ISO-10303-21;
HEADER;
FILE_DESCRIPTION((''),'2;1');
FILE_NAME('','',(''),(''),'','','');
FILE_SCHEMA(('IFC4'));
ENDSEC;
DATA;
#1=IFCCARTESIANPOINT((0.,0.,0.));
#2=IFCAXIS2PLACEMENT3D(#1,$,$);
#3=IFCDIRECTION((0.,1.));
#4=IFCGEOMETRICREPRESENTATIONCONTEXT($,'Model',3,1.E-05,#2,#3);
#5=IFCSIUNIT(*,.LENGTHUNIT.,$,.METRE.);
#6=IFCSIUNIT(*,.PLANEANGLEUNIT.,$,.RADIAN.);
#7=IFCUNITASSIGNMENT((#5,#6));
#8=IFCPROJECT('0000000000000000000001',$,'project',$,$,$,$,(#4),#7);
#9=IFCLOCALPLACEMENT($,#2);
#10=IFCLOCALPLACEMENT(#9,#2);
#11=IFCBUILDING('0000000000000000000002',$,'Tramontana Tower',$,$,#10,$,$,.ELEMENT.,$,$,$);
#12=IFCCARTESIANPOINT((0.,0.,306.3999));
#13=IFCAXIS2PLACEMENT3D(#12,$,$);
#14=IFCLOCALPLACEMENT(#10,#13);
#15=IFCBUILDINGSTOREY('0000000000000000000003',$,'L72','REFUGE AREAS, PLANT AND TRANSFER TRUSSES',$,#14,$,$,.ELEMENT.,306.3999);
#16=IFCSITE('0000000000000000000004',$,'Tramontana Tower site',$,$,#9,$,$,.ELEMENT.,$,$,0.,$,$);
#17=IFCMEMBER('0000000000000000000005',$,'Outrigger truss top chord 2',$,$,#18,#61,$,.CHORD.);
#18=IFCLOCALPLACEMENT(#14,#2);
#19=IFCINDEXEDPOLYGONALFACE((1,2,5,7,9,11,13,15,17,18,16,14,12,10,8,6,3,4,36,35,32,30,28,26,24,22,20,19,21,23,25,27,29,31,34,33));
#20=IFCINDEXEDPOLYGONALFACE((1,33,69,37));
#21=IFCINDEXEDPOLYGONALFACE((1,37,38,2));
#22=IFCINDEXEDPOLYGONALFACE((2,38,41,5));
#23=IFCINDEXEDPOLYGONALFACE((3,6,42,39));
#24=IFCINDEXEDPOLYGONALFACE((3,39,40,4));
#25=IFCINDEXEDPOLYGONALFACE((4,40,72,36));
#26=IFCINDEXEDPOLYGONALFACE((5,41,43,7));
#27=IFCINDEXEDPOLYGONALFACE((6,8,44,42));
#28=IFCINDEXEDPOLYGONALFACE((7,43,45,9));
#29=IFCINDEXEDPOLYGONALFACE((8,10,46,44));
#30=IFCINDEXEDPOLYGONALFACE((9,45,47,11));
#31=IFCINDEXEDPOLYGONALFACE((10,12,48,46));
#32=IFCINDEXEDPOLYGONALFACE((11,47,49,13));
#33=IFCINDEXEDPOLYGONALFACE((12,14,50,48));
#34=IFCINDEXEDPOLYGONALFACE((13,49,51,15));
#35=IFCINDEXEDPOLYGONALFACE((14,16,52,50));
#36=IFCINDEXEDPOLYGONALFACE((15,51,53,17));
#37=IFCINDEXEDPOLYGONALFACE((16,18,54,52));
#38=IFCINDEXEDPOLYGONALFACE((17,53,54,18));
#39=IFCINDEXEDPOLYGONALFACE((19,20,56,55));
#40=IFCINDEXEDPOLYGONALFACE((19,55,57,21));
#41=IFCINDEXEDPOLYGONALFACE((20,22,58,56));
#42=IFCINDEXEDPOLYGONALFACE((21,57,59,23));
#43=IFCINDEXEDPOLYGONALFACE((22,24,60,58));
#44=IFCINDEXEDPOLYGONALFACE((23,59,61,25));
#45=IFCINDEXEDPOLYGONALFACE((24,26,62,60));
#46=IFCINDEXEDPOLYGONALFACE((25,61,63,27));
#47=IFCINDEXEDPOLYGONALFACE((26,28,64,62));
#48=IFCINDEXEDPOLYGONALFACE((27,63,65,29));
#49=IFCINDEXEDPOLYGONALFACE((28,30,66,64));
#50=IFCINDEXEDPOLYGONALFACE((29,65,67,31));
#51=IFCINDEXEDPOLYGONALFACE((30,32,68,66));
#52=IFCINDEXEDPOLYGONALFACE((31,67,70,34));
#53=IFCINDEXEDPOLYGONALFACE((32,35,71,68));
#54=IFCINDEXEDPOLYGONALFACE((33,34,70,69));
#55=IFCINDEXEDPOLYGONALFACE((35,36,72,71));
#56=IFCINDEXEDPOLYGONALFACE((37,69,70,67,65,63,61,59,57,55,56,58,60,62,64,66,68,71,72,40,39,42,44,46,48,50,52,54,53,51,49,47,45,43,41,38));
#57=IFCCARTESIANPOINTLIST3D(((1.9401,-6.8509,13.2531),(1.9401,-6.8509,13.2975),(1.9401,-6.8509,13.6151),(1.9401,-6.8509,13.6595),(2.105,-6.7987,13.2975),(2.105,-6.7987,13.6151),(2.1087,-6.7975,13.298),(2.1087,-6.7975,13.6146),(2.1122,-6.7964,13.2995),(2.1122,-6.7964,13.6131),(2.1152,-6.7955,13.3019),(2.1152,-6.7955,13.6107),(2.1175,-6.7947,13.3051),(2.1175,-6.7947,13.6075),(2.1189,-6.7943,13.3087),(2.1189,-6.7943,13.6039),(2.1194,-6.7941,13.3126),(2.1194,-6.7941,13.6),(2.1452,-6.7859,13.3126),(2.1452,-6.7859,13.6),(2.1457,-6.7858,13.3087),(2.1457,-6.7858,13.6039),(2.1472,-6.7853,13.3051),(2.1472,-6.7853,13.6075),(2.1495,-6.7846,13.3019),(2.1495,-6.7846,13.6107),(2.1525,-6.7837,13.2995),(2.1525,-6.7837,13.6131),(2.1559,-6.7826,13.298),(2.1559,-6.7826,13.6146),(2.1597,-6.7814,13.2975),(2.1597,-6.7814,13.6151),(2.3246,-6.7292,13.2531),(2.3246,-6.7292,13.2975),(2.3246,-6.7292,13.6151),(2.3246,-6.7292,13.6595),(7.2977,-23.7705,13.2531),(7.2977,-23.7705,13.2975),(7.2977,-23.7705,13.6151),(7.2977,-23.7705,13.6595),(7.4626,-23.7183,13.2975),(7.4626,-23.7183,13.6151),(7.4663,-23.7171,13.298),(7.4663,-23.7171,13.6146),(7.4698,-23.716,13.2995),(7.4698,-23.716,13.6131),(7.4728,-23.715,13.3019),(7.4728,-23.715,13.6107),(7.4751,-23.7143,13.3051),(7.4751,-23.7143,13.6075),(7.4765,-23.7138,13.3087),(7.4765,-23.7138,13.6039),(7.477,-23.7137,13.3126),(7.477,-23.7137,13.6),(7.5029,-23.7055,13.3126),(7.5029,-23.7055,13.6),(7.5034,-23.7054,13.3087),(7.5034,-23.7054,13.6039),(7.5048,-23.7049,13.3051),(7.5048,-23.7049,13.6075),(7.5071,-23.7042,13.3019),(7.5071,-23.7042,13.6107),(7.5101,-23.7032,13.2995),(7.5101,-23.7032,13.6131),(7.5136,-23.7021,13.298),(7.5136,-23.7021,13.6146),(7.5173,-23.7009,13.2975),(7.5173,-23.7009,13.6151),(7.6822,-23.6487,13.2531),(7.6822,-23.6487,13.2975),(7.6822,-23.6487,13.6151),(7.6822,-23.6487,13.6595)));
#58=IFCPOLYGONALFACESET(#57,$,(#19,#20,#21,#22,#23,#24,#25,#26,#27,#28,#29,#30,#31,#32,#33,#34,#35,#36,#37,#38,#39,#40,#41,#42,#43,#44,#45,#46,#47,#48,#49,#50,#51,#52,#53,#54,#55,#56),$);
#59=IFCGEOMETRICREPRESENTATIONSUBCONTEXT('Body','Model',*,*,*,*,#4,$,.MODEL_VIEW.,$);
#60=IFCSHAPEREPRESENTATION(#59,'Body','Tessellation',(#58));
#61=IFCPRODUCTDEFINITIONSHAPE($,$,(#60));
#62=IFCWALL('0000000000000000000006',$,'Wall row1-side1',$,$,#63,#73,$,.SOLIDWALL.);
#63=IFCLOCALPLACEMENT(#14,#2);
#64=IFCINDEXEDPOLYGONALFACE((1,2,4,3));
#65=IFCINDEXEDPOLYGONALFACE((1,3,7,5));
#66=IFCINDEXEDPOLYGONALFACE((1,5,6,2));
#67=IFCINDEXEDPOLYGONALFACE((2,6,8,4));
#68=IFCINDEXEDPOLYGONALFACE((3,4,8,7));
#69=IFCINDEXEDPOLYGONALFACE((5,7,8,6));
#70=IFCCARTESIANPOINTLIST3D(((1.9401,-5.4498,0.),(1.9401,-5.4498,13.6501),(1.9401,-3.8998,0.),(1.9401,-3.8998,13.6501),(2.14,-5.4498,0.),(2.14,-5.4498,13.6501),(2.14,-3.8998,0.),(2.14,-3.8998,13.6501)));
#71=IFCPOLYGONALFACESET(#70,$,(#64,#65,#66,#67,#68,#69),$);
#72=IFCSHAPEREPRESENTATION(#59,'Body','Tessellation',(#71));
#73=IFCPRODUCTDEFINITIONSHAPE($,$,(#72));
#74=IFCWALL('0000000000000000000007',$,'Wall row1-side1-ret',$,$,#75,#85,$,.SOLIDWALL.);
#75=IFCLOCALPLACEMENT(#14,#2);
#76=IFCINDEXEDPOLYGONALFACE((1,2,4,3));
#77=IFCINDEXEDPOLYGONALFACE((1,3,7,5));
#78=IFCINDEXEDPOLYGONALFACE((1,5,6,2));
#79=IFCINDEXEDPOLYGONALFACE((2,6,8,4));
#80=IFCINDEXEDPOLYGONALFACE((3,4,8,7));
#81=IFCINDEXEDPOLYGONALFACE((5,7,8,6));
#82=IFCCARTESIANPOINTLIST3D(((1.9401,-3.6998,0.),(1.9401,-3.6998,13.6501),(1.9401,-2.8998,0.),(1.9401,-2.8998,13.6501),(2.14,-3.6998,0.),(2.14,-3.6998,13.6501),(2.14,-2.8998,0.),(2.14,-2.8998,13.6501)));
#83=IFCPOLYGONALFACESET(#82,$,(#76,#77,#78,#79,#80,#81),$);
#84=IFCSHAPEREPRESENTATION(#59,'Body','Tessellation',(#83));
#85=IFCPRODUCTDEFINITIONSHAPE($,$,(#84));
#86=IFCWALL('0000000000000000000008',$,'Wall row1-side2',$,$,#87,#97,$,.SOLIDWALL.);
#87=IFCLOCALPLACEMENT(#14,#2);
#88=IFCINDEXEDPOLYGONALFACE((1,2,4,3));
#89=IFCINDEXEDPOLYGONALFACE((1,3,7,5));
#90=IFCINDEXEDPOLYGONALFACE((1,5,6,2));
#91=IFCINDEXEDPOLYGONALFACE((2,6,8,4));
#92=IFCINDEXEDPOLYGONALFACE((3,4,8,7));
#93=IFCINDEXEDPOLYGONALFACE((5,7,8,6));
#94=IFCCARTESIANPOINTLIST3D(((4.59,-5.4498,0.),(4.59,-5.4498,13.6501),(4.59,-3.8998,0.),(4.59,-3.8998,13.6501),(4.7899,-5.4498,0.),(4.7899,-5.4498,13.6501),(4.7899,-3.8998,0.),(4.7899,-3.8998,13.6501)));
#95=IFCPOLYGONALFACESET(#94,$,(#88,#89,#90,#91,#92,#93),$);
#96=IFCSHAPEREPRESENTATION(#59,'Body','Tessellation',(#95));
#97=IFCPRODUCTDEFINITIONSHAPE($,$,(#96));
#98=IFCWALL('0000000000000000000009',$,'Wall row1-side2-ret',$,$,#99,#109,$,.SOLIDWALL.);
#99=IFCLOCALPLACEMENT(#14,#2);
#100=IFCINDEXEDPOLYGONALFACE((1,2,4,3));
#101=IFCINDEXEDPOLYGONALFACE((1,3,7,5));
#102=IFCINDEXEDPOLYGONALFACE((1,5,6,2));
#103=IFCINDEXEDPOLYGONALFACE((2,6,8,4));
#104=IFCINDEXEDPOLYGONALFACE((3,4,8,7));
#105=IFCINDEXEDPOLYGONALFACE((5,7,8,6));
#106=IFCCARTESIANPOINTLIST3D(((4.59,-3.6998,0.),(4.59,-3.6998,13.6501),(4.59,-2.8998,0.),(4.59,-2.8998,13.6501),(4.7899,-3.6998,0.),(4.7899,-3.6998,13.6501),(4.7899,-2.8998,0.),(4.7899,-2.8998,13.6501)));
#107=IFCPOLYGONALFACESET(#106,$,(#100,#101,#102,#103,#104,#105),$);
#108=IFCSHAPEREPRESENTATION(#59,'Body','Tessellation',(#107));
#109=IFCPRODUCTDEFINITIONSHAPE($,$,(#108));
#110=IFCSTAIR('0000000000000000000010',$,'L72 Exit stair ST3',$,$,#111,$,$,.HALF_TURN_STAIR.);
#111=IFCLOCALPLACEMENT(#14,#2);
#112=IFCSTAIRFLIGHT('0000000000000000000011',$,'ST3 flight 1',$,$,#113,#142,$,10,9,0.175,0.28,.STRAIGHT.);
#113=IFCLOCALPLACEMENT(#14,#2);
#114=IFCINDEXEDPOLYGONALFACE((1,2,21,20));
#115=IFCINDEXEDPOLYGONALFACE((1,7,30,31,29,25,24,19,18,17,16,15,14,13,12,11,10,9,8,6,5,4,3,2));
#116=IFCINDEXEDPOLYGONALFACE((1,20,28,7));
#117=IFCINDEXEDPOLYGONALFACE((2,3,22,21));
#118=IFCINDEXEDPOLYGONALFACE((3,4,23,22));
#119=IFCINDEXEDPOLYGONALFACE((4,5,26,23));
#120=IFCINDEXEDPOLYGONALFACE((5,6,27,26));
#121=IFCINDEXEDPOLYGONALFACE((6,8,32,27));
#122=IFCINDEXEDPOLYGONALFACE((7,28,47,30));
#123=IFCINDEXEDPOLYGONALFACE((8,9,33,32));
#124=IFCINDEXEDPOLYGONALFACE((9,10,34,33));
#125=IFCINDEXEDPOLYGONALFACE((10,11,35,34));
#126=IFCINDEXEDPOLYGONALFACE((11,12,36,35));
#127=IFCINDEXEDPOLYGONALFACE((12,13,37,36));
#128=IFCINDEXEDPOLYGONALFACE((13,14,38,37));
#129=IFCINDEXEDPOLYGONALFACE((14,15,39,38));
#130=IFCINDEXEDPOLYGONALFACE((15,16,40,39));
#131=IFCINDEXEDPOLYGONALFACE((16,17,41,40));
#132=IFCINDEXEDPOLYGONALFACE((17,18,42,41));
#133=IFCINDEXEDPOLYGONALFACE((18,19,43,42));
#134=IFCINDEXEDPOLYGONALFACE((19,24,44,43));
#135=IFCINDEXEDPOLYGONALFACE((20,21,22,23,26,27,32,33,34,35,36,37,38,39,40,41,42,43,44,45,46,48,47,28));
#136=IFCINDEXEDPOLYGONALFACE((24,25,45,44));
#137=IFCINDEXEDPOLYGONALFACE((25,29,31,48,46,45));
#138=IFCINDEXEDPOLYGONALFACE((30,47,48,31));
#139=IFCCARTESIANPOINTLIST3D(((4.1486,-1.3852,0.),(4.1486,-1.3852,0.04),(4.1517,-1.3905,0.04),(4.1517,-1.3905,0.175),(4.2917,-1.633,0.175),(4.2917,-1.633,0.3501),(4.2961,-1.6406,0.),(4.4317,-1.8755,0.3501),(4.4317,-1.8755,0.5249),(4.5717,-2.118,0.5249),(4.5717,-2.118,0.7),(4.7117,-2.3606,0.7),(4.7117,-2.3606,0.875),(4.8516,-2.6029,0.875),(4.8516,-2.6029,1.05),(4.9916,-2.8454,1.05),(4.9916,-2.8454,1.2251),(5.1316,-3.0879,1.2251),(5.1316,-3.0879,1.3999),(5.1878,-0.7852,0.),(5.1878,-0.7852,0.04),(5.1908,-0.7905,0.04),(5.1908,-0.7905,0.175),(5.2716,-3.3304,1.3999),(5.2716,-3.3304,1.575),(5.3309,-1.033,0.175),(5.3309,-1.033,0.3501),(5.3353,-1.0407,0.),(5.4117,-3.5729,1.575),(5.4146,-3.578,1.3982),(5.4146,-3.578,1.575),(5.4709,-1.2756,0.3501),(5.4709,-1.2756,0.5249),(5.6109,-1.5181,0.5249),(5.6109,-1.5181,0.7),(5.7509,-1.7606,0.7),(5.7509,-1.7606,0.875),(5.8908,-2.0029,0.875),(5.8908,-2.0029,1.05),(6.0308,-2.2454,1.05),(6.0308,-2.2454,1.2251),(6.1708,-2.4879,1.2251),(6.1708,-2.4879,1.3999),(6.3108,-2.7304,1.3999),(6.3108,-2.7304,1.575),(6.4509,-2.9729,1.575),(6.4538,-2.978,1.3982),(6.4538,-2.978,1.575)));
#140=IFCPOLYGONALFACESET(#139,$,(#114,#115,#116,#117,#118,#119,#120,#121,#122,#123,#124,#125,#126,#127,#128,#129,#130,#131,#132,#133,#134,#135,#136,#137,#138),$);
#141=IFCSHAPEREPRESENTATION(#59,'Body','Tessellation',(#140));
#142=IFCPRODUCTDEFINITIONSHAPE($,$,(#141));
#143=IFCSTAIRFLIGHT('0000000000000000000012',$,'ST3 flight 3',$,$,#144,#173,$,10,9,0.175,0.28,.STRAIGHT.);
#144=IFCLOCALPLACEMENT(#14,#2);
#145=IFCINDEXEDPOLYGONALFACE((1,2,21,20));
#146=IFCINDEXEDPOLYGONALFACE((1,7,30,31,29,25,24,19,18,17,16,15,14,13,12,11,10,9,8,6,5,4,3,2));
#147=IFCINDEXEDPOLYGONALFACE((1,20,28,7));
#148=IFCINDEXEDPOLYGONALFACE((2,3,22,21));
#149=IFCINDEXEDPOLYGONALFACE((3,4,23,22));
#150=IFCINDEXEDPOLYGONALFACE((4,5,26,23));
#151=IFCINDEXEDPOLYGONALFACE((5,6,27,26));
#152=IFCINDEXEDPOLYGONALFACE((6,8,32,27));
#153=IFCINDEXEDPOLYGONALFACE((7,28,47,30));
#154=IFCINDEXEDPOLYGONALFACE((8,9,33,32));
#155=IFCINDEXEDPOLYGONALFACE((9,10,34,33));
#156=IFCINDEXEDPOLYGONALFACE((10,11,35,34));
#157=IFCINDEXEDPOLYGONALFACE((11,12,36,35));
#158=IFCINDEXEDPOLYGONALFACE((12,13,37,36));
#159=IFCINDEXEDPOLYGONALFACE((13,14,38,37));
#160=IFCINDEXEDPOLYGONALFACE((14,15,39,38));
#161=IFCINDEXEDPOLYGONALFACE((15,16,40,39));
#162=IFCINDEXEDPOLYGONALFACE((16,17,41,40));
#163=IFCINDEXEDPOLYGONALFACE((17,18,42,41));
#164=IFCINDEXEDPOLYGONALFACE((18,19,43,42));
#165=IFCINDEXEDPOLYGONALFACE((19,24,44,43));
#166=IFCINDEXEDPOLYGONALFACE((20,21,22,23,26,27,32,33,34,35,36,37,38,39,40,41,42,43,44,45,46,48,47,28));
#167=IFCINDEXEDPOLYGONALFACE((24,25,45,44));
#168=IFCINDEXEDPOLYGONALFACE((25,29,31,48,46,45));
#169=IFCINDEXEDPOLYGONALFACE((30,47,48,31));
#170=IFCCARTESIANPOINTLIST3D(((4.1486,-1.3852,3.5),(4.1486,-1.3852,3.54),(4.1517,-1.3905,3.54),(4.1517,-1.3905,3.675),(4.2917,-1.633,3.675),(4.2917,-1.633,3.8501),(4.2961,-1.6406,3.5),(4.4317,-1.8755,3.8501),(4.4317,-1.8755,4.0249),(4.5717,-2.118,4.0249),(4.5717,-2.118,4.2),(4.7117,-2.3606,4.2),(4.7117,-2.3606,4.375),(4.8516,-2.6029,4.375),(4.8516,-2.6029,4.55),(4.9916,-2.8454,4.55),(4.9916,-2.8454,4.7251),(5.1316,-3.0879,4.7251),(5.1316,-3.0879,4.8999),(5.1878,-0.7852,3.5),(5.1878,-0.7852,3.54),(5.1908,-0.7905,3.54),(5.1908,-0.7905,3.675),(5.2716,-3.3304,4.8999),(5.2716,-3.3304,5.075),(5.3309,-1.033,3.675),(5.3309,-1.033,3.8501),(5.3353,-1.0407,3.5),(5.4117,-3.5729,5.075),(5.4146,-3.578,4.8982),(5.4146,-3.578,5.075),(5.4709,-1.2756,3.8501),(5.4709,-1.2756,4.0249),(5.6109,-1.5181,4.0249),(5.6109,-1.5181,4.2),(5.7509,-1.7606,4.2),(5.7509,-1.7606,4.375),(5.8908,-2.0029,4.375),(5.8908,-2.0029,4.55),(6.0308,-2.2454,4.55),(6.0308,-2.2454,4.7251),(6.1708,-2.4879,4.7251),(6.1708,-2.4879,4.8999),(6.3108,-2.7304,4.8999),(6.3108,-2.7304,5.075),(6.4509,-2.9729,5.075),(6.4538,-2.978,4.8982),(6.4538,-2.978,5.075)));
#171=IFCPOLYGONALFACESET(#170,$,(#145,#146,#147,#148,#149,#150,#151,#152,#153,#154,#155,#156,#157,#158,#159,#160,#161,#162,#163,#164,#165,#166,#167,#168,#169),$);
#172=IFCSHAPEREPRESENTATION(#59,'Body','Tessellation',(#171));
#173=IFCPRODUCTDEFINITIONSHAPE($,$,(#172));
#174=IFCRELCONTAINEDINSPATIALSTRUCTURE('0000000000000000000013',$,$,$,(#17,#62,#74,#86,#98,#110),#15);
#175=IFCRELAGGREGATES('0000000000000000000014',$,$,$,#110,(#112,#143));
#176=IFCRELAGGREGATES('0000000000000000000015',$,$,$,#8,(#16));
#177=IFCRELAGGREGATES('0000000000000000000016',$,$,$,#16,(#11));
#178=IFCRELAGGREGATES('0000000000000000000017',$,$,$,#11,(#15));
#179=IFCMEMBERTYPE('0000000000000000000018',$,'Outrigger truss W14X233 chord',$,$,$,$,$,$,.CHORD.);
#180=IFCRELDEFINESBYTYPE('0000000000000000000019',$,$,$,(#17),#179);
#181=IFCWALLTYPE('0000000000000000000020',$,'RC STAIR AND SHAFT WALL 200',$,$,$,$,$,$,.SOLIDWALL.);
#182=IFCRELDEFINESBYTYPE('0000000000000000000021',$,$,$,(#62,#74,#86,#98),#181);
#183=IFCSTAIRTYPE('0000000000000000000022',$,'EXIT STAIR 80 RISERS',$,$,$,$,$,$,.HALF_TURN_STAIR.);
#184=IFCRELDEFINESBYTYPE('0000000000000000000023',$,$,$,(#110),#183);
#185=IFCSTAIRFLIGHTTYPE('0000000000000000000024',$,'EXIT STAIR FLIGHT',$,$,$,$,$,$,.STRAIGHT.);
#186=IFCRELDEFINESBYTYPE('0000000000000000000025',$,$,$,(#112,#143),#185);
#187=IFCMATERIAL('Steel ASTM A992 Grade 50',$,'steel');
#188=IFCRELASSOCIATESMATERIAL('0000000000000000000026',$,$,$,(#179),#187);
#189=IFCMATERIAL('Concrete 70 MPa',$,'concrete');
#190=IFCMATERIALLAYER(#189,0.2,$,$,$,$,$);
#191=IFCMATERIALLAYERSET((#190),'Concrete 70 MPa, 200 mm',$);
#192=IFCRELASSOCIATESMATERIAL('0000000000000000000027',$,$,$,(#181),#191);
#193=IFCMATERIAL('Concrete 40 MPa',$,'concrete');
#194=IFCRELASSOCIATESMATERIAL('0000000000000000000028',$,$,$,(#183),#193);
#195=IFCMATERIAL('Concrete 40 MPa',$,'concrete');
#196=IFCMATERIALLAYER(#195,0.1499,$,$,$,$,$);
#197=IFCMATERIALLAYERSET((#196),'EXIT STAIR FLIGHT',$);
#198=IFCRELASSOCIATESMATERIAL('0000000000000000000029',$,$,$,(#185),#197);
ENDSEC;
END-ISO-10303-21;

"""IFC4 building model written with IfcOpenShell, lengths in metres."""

from ifc_helpers import new_model, si_unit, direction, frame, frame_2d, origin, origin_2d, place, context, subcontext, project, spatial, polyline, rectangle, i_section, outline, extrude, material, layer, layer_set, material_profile, profile_set, type_object, element, aggregate, save


model = new_model("IFC4")

# Units and contexts
model_context = context("Model", 3, precision=1e-05, world=origin(), true_north=direction((0.0, 1.0)))
body_context = subcontext(model_context, "Body", "Model", "MODEL_VIEW")
ifc_project = project(units=[si_unit("LENGTHUNIT", "METRE"), si_unit("PLANEANGLEUNIT", "RADIAN")], contexts=[model_context])

# Site, building, storey
site_placement = place(None, origin())
site = spatial("IfcSite", under=ifc_project, at=site_placement, Name="Tramontana Tower site", CompositionType="ELEMENT", RefElevation=0.0)
building_placement = place(site_placement, origin())
building = spatial("IfcBuilding", under=site, at=building_placement, Name="Tramontana Tower", CompositionType="ELEMENT")
storey_placement = place(building_placement, frame((0.0, 0.0, 306.3999)))
storey = spatial("IfcBuildingStorey", under=building, at=storey_placement, Name="L72", Description="REFUGE AREAS, PLANT AND TRANSFER TRUSSES", CompositionType="ELEMENT", Elevation=306.3999)

# Member
ifc_material_1 = material(Name="Steel ASTM A992 Grade 50", Category="steel")
ifc_material_profile_1 = material_profile(ifc_material_1, i_section(OverallWidth=0.4033, OverallDepth=0.4065, WebThickness=0.0271, FlangeThickness=0.0444, FilletRadius=0.0151, at=origin_2d()), Name="W14X233")
ifc_profile_set_1 = profile_set([ifc_material_profile_1], Name="Steel ASTM A992 Grade 50")
member_type_1 = type_object("IfcMemberType", Name="Outrigger truss W14X233 chord", PredefinedType="CHORD", material=ifc_profile_set_1)
for number, where, z_axis, x_axis, name in (
    (1, (2.1323, -6.79, 13.4563), (0.30188, -0.953346, 0.0), (0.953346, 0.30188, 0.0), "Outrigger truss top chord 2"),
):
    element("IfcMember", number, at=place(storey_placement, frame(where, z_axis=z_axis, x_axis=x_axis)), inside=storey, type_object=member_type_1, Name=name, PredefinedType="CHORD", context=body_context, shape_type="SweptSolid", body=[
        extrude(i_section(OverallWidth=0.4033, OverallDepth=0.4065, WebThickness=0.0271, FlangeThickness=0.0444, FilletRadius=0.0151, at=origin_2d()), origin(), (0.0, 0.0, 1.0), 17.7476),
    ])

# Walls
ifc_material_2 = material(Name="Concrete 70 MPa", Category="concrete")
ifc_layer_1 = layer(ifc_material_2, 0.2)
ifc_layer_set_1 = layer_set([ifc_layer_1], Name="Concrete 70 MPa, 200 mm")
wall_type = type_object("IfcWallType", Name="RC STAIR AND SHAFT WALL 200", PredefinedType="SOLIDWALL", material=ifc_layer_set_1)
wall_1_placement = place(storey_placement, frame((2.04, -3.8999, 0.0), z_axis=(0.0, 0.0, 1.0), x_axis=(0.0, -1.0, 0.0)))
element("IfcWall", 2, at=wall_1_placement, inside=storey, type_object=wall_type, Name="Wall row1-side1", PredefinedType="SOLIDWALL", context=body_context, shape_type="SweptSolid", body=[
    extrude(rectangle(XDim=1.55, YDim=0.2, at=frame_2d((0.7749, 0.0))), origin(), (0.0, 0.0, 1.0), 13.6501),
])
wall_2_placement = place(storey_placement, frame((2.04, -2.8999, 0.0), z_axis=(0.0, 0.0, 1.0), x_axis=(0.0, -1.0, 0.0)))
element("IfcWall", 3, at=wall_2_placement, inside=storey, type_object=wall_type, Name="Wall row1-side1-ret", PredefinedType="SOLIDWALL", context=body_context, shape_type="SweptSolid", body=[
    extrude(rectangle(XDim=0.8, YDim=0.2, at=frame_2d((0.3999, 0.0))), origin(), (0.0, 0.0, 1.0), 13.6501),
])
wall_3_placement = place(storey_placement, frame((4.6899, -3.8999, 0.0), z_axis=(0.0, 0.0, 1.0), x_axis=(0.0, -1.0, 0.0)))
element("IfcWall", 4, at=wall_3_placement, inside=storey, type_object=wall_type, Name="Wall row1-side2", PredefinedType="SOLIDWALL", context=body_context, shape_type="SweptSolid", body=[
    extrude(rectangle(XDim=1.55, YDim=0.2, at=frame_2d((0.7749, 0.0))), origin(), (0.0, 0.0, 1.0), 13.6501),
])
wall_4_placement = place(storey_placement, frame((4.6899, -2.8999, 0.0), z_axis=(0.0, 0.0, 1.0), x_axis=(0.0, -1.0, 0.0)))
element("IfcWall", 5, at=wall_4_placement, inside=storey, type_object=wall_type, Name="Wall row1-side2-ret", PredefinedType="SOLIDWALL", context=body_context, shape_type="SweptSolid", body=[
    extrude(rectangle(XDim=0.8, YDim=0.2, at=frame_2d((0.3999, 0.0))), origin(), (0.0, 0.0, 1.0), 13.6501),
])

# Stair, stair flights
ifc_material_3 = material(Name="Concrete 40 MPa", Category="concrete")
stair_type = type_object("IfcStairType", Name="EXIT STAIR 80 RISERS", PredefinedType="HALF_TURN_STAIR", material=ifc_material_3)
stair_placement = place(storey_placement, origin())
stair = element("IfcStair", 6, at=stair_placement, inside=storey, type_object=stair_type, Name="L72 Exit stair ST3", PredefinedType="HALF_TURN_STAIR")
ifc_material_4 = material(Name="Concrete 40 MPa", Category="concrete")
ifc_layer_2 = layer(ifc_material_4, 0.1499)
ifc_layer_set_2 = layer_set([ifc_layer_2], Name="EXIT STAIR FLIGHT")
stair_flight_type = type_object("IfcStairFlightType", Name="EXIT STAIR FLIGHT", PredefinedType="STRAIGHT", material=ifc_layer_set_2)
stair_flight_1_placement = place(storey_placement, frame((4.6711, -1.0906, 0.0), z_axis=(0.0, 0.0, 1.0), x_axis=(0.5, -0.866025, 0.0)))
stair_flight_1 = element("IfcStairFlight", 7, at=stair_flight_1_placement, type_object=stair_flight_type, Name="ST3 flight 1", NumberOfRisers=10, NumberOfTreads=9, PredefinedType="STRAIGHT", RiserHeight=0.175, TreadLength=0.28, context=body_context, shape_type="SweptSolid", body=[
    extrude(outline(polyline([(-0.0061, 0.0), (-0.0061, 0.04), (0.0, 0.04), (0.0, 0.175), (0.28, 0.175), (0.28, 0.3501), (0.5601, 0.3501), (0.5601, 0.5249), (0.8401, 0.5249), (0.8401, 0.7), (1.1201, 0.7), (1.1201, 0.875), (1.3999, 0.875), (1.3999, 1.05), (1.6799, 1.05), (1.6799, 1.2251), (1.96, 1.2251), (1.96, 1.3999), (2.24, 1.3999), (2.24, 1.575), (2.52, 1.575), (2.5259, 1.575), (2.5259, 1.3982), (0.2888, 0.0), (-0.0061, 0.0)])), frame((0.0, 0.6001, 0.0), z_axis=(0.0, -1.0, 0.0), x_axis=(1.0, 0.0, 0.0)), (0.0, 0.0, 1.0), 1.2),
])
stair_flight_2_placement = place(storey_placement, frame((4.6711, -1.0906, 3.5), z_axis=(0.0, 0.0, 1.0), x_axis=(0.5, -0.866025, 0.0)))
stair_flight_2 = element("IfcStairFlight", 8, at=stair_flight_2_placement, type_object=stair_flight_type, Name="ST3 flight 3", NumberOfRisers=10, NumberOfTreads=9, PredefinedType="STRAIGHT", RiserHeight=0.175, TreadLength=0.28, context=body_context, shape_type="SweptSolid", body=[
    extrude(outline(polyline([(-0.0061, 0.0), (-0.0061, 0.04), (0.0, 0.04), (0.0, 0.175), (0.28, 0.175), (0.28, 0.3501), (0.5601, 0.3501), (0.5601, 0.5249), (0.8401, 0.5249), (0.8401, 0.7), (1.1201, 0.7), (1.1201, 0.875), (1.3999, 0.875), (1.3999, 1.05), (1.6799, 1.05), (1.6799, 1.2251), (1.96, 1.2251), (1.96, 1.3999), (2.24, 1.3999), (2.24, 1.575), (2.52, 1.575), (2.5259, 1.575), (2.5259, 1.3982), (0.2888, 0.0), (-0.0061, 0.0)])), frame((0.0, 0.6001, 0.0), z_axis=(0.0, -1.0, 0.0), x_axis=(1.0, 0.0, 0.0)), (0.0, 0.0, 1.0), 1.2),
])
aggregate(stair, [stair_flight_1, stair_flight_2])

save(model, "model.ifc")
